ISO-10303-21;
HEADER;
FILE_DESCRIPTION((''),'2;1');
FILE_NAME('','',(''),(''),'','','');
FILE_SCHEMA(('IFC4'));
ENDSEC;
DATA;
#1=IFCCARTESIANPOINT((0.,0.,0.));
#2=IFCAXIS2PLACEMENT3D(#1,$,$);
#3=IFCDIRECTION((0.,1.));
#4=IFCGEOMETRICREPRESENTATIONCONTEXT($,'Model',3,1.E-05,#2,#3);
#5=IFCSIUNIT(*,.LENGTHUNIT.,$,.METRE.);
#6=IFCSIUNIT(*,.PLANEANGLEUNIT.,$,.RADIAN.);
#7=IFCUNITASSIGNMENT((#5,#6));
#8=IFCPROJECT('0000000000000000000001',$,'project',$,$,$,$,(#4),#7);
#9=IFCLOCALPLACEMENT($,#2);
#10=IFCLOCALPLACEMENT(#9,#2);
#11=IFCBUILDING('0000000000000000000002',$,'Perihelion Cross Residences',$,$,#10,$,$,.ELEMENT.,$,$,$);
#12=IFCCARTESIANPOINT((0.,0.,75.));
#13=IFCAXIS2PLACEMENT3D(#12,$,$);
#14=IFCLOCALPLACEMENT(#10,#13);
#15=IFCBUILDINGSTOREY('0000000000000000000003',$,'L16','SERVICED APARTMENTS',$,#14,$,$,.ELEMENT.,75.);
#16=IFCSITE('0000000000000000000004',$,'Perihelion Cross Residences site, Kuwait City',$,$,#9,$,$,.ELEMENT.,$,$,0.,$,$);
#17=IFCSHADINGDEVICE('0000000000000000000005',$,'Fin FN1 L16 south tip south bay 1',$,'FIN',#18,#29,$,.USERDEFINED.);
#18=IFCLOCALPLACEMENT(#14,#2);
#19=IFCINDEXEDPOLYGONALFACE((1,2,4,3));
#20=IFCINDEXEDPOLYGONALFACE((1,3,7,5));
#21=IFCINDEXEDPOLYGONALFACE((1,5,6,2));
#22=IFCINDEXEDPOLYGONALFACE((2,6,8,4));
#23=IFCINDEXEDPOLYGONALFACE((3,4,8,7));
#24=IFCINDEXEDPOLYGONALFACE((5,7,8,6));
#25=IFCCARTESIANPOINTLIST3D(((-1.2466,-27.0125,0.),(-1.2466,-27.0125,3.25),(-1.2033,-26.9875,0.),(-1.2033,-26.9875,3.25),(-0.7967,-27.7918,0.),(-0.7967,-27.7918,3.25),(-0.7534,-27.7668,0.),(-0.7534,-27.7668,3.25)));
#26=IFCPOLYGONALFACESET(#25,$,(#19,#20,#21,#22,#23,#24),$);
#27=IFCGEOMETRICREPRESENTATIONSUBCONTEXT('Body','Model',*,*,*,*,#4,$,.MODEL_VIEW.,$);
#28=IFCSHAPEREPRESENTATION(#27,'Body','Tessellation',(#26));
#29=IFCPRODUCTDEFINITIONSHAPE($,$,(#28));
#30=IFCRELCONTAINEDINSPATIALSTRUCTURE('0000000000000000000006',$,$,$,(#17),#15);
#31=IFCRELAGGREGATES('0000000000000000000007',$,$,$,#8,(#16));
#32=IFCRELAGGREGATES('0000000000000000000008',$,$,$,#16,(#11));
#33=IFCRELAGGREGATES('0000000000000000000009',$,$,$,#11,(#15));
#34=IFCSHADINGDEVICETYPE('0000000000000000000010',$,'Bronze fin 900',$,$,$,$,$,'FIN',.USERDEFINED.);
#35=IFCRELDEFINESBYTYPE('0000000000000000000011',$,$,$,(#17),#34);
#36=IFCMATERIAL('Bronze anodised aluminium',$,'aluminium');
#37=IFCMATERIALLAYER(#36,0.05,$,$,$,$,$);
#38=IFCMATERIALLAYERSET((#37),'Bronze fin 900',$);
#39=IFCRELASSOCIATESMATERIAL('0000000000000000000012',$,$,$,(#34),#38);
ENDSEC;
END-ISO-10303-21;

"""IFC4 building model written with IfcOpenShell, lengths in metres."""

from ifc_helpers import new_model, si_unit, direction, frame, origin, origin_2d, place, context, subcontext, project, spatial, rectangle, extrude, material, layer, layer_set, type_object, element, save


model = new_model("IFC4")

# Units and contexts
model_context = context("Model", 3, precision=1e-05, world=origin(), true_north=direction((0.0, 1.0)))
body_context = subcontext(model_context, "Body", "Model", "MODEL_VIEW")
ifc_project = project(units=[si_unit("LENGTHUNIT", "METRE"), si_unit("PLANEANGLEUNIT", "RADIAN")], contexts=[model_context])

# Site, building, storey
site_placement = place(None, origin())
site = spatial("IfcSite", under=ifc_project, at=site_placement, Name="Perihelion Cross Residences site, Kuwait City", CompositionType="ELEMENT", RefElevation=0.0)
building_placement = place(site_placement, origin())
building = spatial("IfcBuilding", under=site, at=building_placement, Name="Perihelion Cross Residences", CompositionType="ELEMENT")
storey_placement = place(building_placement, frame((0.0, 0.0, 75.0)))
storey = spatial("IfcBuildingStorey", under=building, at=storey_placement, Name="L16", Description="SERVICED APARTMENTS", CompositionType="ELEMENT", Elevation=75.0)

# Shading device
ifc_material_1 = material(Name="Bronze anodised aluminium", Category="aluminium")
ifc_layer_1 = layer(ifc_material_1, 0.05)
ifc_layer_set_1 = layer_set([ifc_layer_1], Name="Bronze fin 900")
shading_device_type = type_object("IfcShadingDeviceType", Name="Bronze fin 900", ElementType="FIN", PredefinedType="USERDEFINED", material=ifc_layer_set_1)
shading_device_placement = place(storey_placement, frame((-1.0, -27.3896, 0.0), z_axis=(0.0, 0.0, 1.0), x_axis=(0.5, -0.866025, 0.0)))
element("IfcShadingDevice", 1, at=shading_device_placement, inside=storey, type_object=shading_device_type, Name="Fin FN1 L16 south tip south bay 1", ObjectType="FIN", PredefinedType="USERDEFINED", context=body_context, shape_type="SweptSolid", body=[
    extrude(rectangle(XDim=0.8999, YDim=0.05, at=origin_2d()), origin(), (0.0, 0.0, 1.0), 3.25),
])

save(model, "model.ifc")
